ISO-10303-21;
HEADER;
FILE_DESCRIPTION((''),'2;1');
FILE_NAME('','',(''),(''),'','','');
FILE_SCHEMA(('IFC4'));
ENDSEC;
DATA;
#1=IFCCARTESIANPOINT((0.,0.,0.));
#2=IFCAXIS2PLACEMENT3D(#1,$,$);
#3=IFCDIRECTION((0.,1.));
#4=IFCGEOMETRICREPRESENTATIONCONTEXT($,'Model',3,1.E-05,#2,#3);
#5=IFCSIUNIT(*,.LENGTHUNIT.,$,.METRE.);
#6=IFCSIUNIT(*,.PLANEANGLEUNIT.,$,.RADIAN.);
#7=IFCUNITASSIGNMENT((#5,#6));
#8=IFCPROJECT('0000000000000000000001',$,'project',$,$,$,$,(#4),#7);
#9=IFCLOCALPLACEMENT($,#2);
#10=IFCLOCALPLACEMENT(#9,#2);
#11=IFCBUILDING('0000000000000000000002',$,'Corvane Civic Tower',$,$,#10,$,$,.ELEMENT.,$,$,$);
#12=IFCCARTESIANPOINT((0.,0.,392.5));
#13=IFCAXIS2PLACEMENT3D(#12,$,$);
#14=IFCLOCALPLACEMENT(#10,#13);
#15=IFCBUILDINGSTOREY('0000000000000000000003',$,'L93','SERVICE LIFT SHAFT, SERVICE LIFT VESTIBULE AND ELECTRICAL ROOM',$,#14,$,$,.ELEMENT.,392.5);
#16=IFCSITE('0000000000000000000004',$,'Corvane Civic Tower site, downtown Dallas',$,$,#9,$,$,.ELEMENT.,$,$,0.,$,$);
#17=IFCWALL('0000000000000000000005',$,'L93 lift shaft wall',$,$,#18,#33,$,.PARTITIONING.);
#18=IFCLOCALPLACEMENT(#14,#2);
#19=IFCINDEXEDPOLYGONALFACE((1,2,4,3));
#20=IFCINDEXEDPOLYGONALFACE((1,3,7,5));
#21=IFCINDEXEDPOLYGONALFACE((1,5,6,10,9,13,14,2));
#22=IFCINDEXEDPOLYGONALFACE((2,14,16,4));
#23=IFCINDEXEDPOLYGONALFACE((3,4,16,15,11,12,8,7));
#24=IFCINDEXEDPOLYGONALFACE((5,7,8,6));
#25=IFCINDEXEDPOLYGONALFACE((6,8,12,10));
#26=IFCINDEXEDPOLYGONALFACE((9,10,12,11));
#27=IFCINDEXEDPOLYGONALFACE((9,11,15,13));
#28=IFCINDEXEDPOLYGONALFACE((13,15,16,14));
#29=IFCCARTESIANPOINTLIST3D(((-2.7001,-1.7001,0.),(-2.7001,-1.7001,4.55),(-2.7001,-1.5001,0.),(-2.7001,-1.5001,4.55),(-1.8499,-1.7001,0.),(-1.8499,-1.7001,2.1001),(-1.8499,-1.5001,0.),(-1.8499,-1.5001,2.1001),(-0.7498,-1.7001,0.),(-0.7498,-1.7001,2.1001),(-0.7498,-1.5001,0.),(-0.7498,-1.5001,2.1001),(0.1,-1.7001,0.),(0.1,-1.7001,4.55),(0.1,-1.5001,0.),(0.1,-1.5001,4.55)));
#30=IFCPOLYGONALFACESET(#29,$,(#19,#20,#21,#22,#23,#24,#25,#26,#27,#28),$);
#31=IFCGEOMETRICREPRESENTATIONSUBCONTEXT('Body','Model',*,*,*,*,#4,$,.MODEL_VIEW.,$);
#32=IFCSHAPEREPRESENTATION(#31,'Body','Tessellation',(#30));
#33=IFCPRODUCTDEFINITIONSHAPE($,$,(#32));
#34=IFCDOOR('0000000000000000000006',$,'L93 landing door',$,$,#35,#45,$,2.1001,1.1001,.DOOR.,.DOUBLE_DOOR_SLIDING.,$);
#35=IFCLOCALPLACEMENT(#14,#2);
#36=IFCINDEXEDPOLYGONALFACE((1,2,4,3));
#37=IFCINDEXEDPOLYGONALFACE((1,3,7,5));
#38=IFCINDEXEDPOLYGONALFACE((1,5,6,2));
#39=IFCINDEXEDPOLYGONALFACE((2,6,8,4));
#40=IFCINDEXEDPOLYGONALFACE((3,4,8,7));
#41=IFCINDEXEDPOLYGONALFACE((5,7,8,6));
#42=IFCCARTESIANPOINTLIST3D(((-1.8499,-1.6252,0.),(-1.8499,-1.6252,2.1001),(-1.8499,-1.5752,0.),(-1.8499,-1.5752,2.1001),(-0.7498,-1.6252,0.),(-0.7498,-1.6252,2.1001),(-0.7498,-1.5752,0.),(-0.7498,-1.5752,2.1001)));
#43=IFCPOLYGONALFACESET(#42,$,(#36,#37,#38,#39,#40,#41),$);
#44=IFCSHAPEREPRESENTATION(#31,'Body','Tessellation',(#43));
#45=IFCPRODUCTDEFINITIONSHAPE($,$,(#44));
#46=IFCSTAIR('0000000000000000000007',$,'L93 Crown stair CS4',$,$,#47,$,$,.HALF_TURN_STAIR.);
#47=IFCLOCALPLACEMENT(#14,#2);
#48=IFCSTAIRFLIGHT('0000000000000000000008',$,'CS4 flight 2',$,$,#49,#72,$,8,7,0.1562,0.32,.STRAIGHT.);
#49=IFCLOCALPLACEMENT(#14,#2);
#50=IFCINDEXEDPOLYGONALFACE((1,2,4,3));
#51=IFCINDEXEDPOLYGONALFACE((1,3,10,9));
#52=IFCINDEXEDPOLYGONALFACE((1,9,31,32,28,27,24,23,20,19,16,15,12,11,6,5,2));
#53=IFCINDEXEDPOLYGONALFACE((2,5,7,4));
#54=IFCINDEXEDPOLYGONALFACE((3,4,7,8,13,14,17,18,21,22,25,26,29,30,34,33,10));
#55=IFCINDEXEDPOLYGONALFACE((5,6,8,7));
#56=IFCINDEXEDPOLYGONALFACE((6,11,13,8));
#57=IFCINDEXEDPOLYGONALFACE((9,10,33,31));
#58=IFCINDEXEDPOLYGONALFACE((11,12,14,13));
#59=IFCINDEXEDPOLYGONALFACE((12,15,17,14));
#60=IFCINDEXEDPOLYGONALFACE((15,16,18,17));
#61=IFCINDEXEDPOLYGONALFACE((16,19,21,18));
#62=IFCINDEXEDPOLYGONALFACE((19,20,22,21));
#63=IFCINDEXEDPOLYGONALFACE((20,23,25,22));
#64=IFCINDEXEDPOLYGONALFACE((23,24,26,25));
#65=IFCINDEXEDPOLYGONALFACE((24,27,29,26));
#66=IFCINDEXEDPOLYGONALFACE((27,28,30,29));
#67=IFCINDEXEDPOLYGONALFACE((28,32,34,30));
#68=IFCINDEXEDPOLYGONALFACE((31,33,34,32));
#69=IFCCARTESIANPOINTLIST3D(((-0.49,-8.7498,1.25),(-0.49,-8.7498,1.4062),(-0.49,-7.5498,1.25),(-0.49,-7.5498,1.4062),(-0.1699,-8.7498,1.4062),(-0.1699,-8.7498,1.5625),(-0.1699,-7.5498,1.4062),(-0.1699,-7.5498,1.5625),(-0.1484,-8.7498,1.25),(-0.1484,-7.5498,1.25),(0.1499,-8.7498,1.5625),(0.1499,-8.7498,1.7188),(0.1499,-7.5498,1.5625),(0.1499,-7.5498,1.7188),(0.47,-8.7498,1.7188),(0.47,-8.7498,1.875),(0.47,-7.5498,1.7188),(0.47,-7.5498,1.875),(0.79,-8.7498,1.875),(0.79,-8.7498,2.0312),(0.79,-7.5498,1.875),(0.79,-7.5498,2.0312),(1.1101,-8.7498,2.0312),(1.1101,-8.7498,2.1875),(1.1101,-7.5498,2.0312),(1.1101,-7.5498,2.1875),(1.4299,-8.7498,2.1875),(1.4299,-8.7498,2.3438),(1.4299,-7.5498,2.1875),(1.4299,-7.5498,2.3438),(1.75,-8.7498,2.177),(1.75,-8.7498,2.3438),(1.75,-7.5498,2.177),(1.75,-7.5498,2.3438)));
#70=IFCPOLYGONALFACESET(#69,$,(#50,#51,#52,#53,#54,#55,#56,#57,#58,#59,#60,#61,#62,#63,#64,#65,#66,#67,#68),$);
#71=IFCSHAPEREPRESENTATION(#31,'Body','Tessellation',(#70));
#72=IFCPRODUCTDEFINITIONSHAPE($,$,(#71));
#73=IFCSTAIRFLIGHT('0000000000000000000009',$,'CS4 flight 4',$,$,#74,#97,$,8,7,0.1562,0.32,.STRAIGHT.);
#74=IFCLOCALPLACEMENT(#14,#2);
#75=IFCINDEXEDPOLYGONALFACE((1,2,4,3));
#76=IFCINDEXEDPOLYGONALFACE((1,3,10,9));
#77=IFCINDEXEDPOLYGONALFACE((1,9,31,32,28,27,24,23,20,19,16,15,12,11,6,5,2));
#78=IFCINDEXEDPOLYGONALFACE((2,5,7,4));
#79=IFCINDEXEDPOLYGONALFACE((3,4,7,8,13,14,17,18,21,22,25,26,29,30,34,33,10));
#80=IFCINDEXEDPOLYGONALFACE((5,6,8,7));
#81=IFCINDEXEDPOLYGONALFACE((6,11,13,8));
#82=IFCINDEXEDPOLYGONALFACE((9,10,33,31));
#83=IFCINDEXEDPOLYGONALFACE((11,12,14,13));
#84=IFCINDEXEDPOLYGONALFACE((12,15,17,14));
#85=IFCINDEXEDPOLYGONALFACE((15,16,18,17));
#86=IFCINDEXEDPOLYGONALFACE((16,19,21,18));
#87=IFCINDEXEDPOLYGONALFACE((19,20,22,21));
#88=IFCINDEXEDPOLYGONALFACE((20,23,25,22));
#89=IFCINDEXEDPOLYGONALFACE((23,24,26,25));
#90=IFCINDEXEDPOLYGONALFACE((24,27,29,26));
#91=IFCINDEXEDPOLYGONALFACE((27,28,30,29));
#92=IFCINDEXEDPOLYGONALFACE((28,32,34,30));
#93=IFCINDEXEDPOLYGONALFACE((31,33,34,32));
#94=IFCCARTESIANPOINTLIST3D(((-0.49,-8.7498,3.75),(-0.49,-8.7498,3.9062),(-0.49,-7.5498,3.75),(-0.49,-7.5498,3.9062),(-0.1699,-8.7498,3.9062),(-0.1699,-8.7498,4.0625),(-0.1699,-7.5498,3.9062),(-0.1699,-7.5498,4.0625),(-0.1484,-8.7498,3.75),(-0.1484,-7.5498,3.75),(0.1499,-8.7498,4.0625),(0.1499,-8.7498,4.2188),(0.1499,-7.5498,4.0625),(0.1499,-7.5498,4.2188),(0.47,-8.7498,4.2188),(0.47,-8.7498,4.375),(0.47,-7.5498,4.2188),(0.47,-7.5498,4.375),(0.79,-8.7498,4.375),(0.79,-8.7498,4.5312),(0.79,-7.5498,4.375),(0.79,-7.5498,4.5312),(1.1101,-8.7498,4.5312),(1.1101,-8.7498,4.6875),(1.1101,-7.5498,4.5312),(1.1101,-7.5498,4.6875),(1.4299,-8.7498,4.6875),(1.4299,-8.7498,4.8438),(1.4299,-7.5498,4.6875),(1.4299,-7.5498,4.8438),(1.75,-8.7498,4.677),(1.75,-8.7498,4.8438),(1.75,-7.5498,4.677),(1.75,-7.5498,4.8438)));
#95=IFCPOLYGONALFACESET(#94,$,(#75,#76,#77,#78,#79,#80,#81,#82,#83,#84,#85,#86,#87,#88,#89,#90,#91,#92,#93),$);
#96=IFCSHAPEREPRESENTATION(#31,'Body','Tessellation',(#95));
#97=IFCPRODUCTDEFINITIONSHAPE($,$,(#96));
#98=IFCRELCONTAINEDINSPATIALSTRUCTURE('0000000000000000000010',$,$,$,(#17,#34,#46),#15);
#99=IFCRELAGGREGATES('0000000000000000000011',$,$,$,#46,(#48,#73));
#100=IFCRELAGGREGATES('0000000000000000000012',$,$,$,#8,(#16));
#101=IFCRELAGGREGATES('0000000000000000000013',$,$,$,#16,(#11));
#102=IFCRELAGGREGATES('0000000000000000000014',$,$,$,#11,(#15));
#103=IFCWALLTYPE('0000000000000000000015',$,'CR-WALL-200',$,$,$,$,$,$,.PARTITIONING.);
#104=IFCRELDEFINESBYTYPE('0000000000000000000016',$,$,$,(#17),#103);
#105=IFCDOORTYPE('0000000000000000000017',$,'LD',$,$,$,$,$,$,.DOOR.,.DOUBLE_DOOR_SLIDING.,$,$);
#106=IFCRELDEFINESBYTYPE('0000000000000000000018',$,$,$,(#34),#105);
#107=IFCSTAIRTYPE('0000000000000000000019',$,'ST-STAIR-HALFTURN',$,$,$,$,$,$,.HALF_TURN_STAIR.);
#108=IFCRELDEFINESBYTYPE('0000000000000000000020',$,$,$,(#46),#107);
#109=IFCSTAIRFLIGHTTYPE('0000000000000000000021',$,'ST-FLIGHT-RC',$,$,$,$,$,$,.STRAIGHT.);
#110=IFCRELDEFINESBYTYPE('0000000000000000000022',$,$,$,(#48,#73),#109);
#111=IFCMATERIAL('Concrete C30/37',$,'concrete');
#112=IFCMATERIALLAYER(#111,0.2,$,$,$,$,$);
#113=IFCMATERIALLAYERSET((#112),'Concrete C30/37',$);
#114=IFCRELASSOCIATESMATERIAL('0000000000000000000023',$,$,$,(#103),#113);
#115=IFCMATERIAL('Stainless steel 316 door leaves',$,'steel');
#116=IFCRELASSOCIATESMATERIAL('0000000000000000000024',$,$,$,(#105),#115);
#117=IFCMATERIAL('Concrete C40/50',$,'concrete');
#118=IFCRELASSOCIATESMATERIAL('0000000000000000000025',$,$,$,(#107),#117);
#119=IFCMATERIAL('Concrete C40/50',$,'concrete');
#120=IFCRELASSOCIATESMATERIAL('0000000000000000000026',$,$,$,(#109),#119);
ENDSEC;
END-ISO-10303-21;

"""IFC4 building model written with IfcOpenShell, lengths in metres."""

from ifc_helpers import new_model, si_unit, direction, frame, frame_2d, origin, place, context, subcontext, project, spatial, polyline, rectangle, outline, extrude, material, layer, layer_set, type_object, element, fill, aggregate, save


model = new_model("IFC4")

# Units and contexts
model_context = context("Model", 3, precision=1e-05, world=origin(), true_north=direction((0.0, 1.0)))
body_context = subcontext(model_context, "Body", "Model", "MODEL_VIEW")
ifc_project = project(units=[si_unit("LENGTHUNIT", "METRE"), si_unit("PLANEANGLEUNIT", "RADIAN")], contexts=[model_context])

# Site, building, storey
site_placement = place(None, origin())
site = spatial("IfcSite", under=ifc_project, at=site_placement, Name="Corvane Civic Tower site, downtown Dallas", CompositionType="ELEMENT", RefElevation=0.0)
building_placement = place(site_placement, origin())
building = spatial("IfcBuilding", under=site, at=building_placement, Name="Corvane Civic Tower", CompositionType="ELEMENT")
storey_placement = place(building_placement, frame((0.0, 0.0, 392.5)))
storey = spatial("IfcBuildingStorey", under=building, at=storey_placement, Name="L93", Description="SERVICE LIFT SHAFT, SERVICE LIFT VESTIBULE AND ELECTRICAL ROOM", CompositionType="ELEMENT", Elevation=392.5)

# Wall, opening, door
ifc_material_1 = material(Name="Concrete C30/37", Category="concrete")
ifc_layer_1 = layer(ifc_material_1, 0.2)
ifc_layer_set_1 = layer_set([ifc_layer_1], Name="Concrete C30/37")
wall_type_1 = type_object("IfcWallType", Name="CR-WALL-200", PredefinedType="PARTITIONING", material=ifc_layer_set_1)
wall_1_placement = place(storey_placement, frame((-2.7, -1.6001, 0.0), z_axis=(0.0, 0.0, 1.0), x_axis=(1.0, 0.0, 0.0)))
wall_1 = element("IfcWall", 1, at=wall_1_placement, inside=storey, type_object=wall_type_1, Name="L93 lift shaft wall", PredefinedType="PARTITIONING", context=body_context, shape_type="SweptSolid", body=[
    extrude(rectangle(XDim=2.8, YDim=0.2, at=frame_2d((1.3999, 0.0))), origin(), (0.0, 0.0, 1.0), 4.55),
])
opening_1_placement = place(wall_1_placement, frame((0.8501, 0.0, 0.0)))
opening_1 = element("IfcOpeningElement", 2, at=opening_1_placement, cuts=wall_1, PredefinedType="OPENING", context=body_context, shape_type="SweptSolid", body=[
    extrude(rectangle(XDim=1.1001, YDim=2.1001, at=frame_2d((0.55, 1.05))), frame((0.0, 0.1099, 0.0), z_axis=(0.0, -1.0, 0.0), x_axis=(1.0, 0.0, 0.0)), (0.0, 0.0, 1.0), 0.22),
])
ifc_material_2 = material(Name="Stainless steel 316 door leaves", Category="steel")
door_type_1 = type_object("IfcDoorType", Name="LD", OperationType="DOUBLE_DOOR_SLIDING", PredefinedType="DOOR", material=ifc_material_2)
door_1_placement = place(opening_1_placement, origin())
door_1 = element("IfcDoor", 3, at=door_1_placement, inside=storey, type_object=door_type_1, Name="L93 landing door", OperationType="DOUBLE_DOOR_SLIDING", OverallHeight=2.1001, OverallWidth=1.1001, PredefinedType="DOOR", context=body_context, shape_type="SweptSolid", body=[
    extrude(rectangle(XDim=1.1001, YDim=2.1001, at=frame_2d((0.55, 1.05))), frame((0.0, 0.0249, 0.0), z_axis=(0.0, -1.0, 0.0), x_axis=(1.0, 0.0, 0.0)), (0.0, 0.0, 1.0), 0.05),
])
fill(opening_1, door_1)

# Stair, stair flights
ifc_material_3 = material(Name="Concrete C40/50", Category="concrete")
stair_type = type_object("IfcStairType", Name="ST-STAIR-HALFTURN", PredefinedType="HALF_TURN_STAIR", material=ifc_material_3)
stair_placement = place(storey_placement, origin())
stair = element("IfcStair", 4, at=stair_placement, inside=storey, type_object=stair_type, Name="L93 Crown stair CS4", PredefinedType="HALF_TURN_STAIR")
ifc_material_4 = material(Name="Concrete C40/50", Category="concrete")
stair_flight_type = type_object("IfcStairFlightType", Name="ST-FLIGHT-RC", PredefinedType="STRAIGHT", material=ifc_material_4)
stair_flight_1_placement = place(storey_placement, frame((-0.49, -8.1499, 1.25), z_axis=(0.0, 0.0, 1.0), x_axis=(1.0, 0.0, 0.0)))
stair_flight_1 = element("IfcStairFlight", 5, at=stair_flight_1_placement, type_object=stair_flight_type, Name="CS4 flight 2", NumberOfRisers=8, NumberOfTreads=7, PredefinedType="STRAIGHT", RiserHeight=0.1562, TreadLength=0.32, context=body_context, shape_type="SweptSolid", body=[
    extrude(outline(polyline([(0.0, 0.0), (0.0, 0.1562), (0.3201, 0.1562), (0.3201, 0.3125), (0.6399, 0.3125), (0.6399, 0.4688), (0.96, 0.4688), (0.96, 0.625), (1.28, 0.625), (1.28, 0.7812), (1.6001, 0.7812), (1.6001, 0.9375), (1.9199, 0.9375), (1.9199, 1.0938), (2.24, 1.0938), (2.24, 1.25), (2.24, 0.927), (0.3416, 0.0), (0.0, 0.0)])), frame((0.0, 0.6001, 0.0), z_axis=(0.0, -1.0, 0.0), x_axis=(1.0, 0.0, 0.0)), (0.0, 0.0, 1.0), 1.2),
])
stair_flight_2_placement = place(storey_placement, frame((-0.49, -8.1499, 3.75), z_axis=(0.0, 0.0, 1.0), x_axis=(1.0, 0.0, 0.0)))
stair_flight_2 = element("IfcStairFlight", 6, at=stair_flight_2_placement, type_object=stair_flight_type, Name="CS4 flight 4", NumberOfRisers=8, NumberOfTreads=7, PredefinedType="STRAIGHT", RiserHeight=0.1562, TreadLength=0.32, context=body_context, shape_type="SweptSolid", body=[
    extrude(outline(polyline([(0.0, 0.0), (0.0, 0.1562), (0.3201, 0.1562), (0.3201, 0.3125), (0.6399, 0.3125), (0.6399, 0.4688), (0.96, 0.4688), (0.96, 0.625), (1.28, 0.625), (1.28, 0.7812), (1.6001, 0.7812), (1.6001, 0.9375), (1.9199, 0.9375), (1.9199, 1.0938), (2.24, 1.0938), (2.24, 1.25), (2.24, 0.927), (0.3416, 0.0), (0.0, 0.0)])), frame((0.0, 0.6001, 0.0), z_axis=(0.0, -1.0, 0.0), x_axis=(1.0, 0.0, 0.0)), (0.0, 0.0, 1.0), 1.2),
])
aggregate(stair, [stair_flight_1, stair_flight_2])

save(model, "model.ifc")
